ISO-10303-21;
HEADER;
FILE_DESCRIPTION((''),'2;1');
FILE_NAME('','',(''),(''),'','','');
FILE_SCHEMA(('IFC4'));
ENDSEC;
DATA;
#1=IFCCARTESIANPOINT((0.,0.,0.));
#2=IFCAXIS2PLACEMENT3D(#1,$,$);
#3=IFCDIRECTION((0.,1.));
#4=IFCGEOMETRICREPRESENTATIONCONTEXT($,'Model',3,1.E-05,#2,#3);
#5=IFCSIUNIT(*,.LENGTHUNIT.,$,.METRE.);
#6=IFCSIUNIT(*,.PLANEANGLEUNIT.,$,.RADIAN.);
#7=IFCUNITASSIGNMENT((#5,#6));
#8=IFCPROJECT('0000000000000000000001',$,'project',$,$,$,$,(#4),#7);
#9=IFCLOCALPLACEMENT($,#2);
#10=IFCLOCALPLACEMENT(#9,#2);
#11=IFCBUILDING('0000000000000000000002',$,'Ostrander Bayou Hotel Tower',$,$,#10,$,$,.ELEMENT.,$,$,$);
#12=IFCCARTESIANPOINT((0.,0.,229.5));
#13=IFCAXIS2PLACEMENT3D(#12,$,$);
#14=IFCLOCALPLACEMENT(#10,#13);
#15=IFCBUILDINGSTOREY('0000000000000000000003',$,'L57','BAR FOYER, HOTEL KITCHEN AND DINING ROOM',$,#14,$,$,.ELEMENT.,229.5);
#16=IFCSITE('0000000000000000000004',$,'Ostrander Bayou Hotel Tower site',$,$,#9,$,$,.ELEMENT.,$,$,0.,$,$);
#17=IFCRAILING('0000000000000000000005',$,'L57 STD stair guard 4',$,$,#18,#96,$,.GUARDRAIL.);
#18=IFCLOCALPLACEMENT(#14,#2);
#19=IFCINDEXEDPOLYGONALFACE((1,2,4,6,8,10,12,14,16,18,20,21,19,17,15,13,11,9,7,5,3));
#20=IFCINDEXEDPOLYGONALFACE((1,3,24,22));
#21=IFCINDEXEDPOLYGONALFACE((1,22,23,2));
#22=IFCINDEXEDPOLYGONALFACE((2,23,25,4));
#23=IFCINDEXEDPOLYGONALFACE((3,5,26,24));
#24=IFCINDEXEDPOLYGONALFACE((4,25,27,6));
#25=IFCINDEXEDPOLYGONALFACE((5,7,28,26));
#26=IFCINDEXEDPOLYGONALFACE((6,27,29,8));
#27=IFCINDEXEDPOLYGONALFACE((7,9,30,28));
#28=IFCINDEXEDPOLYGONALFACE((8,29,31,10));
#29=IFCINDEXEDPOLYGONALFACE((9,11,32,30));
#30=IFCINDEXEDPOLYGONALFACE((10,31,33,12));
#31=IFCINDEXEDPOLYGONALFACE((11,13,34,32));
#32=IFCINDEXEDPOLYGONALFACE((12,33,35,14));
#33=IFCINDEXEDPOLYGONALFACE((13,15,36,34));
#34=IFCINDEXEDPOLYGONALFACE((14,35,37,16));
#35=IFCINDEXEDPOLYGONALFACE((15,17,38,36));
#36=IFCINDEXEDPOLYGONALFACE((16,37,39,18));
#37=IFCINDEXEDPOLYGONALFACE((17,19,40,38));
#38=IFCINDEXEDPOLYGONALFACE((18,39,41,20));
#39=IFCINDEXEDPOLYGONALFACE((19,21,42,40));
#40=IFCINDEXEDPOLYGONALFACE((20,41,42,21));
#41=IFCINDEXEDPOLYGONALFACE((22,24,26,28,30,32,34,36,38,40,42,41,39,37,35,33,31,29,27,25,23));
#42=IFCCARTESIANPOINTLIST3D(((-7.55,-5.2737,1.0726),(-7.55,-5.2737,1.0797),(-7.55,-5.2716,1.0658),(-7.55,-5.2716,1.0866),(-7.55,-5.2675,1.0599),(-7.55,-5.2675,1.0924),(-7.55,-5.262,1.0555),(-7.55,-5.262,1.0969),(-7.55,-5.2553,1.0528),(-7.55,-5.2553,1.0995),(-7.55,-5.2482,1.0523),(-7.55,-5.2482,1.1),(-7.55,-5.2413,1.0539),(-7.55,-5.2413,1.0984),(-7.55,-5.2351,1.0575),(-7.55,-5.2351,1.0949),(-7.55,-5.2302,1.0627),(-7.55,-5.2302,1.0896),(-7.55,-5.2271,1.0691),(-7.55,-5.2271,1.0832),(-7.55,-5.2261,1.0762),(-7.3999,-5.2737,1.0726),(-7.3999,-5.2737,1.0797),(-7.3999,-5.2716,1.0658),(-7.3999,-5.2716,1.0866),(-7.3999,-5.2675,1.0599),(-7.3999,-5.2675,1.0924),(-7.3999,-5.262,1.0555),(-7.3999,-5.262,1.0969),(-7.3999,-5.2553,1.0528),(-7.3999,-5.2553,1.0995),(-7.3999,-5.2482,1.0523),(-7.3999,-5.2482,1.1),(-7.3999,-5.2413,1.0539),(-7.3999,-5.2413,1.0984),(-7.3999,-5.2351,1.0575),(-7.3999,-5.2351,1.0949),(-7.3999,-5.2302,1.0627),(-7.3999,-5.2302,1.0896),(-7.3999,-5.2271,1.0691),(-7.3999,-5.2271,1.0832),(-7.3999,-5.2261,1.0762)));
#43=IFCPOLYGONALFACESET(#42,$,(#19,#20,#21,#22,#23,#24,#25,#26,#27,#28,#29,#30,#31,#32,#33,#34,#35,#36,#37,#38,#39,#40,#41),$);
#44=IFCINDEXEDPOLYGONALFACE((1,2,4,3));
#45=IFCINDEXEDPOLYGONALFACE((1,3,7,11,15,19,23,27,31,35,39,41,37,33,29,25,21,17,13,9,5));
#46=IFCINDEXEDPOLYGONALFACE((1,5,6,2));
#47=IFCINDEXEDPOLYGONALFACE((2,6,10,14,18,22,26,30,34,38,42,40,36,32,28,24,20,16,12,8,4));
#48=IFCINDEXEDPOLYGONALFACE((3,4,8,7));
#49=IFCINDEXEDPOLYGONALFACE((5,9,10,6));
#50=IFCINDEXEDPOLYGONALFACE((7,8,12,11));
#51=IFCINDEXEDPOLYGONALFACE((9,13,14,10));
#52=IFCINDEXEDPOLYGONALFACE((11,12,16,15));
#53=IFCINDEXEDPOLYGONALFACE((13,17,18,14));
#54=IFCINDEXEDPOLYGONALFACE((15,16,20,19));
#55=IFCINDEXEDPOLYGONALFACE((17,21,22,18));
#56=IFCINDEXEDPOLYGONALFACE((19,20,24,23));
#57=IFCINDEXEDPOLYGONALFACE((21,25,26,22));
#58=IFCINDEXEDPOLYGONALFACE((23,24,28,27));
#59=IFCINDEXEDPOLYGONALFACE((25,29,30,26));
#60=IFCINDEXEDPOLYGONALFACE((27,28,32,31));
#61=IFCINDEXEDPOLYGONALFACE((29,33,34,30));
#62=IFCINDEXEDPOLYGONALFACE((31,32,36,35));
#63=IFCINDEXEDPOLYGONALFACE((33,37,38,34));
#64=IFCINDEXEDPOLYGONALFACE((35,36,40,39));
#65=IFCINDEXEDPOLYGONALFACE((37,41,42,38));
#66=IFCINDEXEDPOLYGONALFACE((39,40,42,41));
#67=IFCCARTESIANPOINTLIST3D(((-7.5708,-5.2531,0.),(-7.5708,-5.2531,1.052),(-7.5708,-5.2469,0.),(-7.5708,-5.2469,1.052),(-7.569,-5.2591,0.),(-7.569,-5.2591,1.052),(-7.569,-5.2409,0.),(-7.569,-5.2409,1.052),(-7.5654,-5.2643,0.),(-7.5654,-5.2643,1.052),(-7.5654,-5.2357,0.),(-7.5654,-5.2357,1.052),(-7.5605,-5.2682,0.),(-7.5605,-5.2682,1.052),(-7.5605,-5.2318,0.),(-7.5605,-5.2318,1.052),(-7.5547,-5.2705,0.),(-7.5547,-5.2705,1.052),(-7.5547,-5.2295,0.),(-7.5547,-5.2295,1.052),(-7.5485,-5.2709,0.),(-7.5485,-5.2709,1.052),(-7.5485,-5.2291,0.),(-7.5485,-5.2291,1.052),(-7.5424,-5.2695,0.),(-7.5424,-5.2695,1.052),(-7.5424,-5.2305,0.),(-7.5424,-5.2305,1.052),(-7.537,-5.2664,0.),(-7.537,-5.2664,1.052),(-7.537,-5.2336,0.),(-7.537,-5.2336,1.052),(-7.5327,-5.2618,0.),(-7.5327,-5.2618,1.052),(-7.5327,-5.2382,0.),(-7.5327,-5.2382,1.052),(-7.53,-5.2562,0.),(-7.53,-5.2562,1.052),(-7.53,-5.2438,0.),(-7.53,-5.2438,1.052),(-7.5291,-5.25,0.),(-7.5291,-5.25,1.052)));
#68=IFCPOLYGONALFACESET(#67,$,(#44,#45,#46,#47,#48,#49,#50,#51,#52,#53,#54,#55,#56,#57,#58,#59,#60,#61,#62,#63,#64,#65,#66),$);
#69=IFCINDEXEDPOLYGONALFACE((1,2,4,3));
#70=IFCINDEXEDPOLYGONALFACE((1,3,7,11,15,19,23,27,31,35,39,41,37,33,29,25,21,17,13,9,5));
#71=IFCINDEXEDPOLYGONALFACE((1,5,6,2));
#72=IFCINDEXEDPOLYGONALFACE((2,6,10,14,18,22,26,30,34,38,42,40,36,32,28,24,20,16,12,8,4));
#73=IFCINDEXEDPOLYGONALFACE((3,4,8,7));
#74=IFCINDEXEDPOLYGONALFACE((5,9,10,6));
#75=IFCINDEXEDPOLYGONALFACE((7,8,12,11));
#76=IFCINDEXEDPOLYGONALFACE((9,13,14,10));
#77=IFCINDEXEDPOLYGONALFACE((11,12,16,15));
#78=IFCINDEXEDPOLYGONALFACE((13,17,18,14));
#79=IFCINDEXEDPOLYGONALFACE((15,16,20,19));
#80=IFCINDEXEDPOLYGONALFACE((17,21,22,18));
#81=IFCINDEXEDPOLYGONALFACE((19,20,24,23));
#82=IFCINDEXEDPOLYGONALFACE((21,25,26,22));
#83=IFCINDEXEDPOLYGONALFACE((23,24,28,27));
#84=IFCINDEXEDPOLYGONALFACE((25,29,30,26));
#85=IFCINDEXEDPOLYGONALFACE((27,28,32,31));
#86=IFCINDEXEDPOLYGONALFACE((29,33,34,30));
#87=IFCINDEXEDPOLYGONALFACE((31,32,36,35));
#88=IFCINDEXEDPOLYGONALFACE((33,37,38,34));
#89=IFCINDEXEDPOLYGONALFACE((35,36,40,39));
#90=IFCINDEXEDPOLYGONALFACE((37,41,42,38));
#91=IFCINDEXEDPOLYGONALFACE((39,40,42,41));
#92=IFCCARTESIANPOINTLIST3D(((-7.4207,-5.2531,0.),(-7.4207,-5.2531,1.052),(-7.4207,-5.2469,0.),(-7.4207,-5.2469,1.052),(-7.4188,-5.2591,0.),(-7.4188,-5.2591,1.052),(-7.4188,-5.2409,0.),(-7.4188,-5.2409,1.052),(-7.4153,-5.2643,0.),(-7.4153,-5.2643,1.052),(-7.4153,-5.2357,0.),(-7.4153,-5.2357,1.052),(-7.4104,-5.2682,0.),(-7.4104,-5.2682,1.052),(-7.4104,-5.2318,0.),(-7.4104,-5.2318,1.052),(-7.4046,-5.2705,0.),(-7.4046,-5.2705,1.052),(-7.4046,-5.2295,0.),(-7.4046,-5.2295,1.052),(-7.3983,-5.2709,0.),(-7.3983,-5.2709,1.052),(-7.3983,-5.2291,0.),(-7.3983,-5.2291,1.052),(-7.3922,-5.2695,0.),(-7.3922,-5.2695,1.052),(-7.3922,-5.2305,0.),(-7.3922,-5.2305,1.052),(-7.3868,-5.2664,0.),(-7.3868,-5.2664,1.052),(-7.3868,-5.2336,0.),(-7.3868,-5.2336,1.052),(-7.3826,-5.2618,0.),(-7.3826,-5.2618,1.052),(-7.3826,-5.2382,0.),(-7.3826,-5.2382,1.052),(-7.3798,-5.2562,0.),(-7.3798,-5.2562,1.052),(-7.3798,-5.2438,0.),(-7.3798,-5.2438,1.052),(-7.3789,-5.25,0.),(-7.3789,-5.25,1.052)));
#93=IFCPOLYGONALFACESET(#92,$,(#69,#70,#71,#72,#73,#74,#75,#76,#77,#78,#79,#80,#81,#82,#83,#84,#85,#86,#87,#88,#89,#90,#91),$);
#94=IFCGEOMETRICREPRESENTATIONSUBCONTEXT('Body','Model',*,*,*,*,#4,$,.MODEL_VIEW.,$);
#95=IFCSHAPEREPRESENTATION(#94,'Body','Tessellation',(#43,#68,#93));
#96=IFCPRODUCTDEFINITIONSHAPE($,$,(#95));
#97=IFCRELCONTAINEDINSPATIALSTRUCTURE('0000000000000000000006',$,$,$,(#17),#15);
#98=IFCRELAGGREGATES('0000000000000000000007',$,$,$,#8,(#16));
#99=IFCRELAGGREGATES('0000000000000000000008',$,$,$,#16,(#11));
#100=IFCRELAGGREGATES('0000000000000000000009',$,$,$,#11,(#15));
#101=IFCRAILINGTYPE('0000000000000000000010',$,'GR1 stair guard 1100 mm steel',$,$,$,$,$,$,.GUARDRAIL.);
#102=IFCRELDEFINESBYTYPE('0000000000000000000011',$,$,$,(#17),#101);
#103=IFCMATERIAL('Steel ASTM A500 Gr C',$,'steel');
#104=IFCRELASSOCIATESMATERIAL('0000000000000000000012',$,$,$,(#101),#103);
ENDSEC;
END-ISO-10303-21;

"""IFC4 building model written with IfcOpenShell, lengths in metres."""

from ifc_helpers import new_model, si_unit, direction, frame, origin, origin_2d, place, context, subcontext, project, spatial, circle, extrude, material, type_object, element, save


model = new_model("IFC4")

# Units and contexts
model_context = context("Model", 3, precision=1e-05, world=origin(), true_north=direction((0.0, 1.0)))
body_context = subcontext(model_context, "Body", "Model", "MODEL_VIEW")
ifc_project = project(units=[si_unit("LENGTHUNIT", "METRE"), si_unit("PLANEANGLEUNIT", "RADIAN")], contexts=[model_context])

# Site, building, storey
site_placement = place(None, origin())
site = spatial("IfcSite", under=ifc_project, at=site_placement, Name="Ostrander Bayou Hotel Tower site", CompositionType="ELEMENT", RefElevation=0.0)
building_placement = place(site_placement, origin())
building = spatial("IfcBuilding", under=site, at=building_placement, Name="Ostrander Bayou Hotel Tower", CompositionType="ELEMENT")
storey_placement = place(building_placement, frame((0.0, 0.0, 229.5)))
storey = spatial("IfcBuildingStorey", under=building, at=storey_placement, Name="L57", Description="BAR FOYER, HOTEL KITCHEN AND DINING ROOM", CompositionType="ELEMENT", Elevation=229.5)

# Railing
ifc_material_1 = material(Name="Steel ASTM A500 Gr C", Category="steel")
railing_type_1 = type_object("IfcRailingType", Name="GR1 stair guard 1100 mm steel", PredefinedType="GUARDRAIL", material=ifc_material_1)
railing_1_placement = place(storey_placement, frame((-7.55, -5.25, 0.0)))
element("IfcRailing", 1, at=railing_1_placement, inside=storey, type_object=railing_type_1, Name="L57 STD stair guard 4", PredefinedType="GUARDRAIL", context=body_context, shape_type="SweptSolid", body=[
    extrude(circle(Radius=0.0239, at=origin_2d()), frame((0.0, 0.0, 1.0762), z_axis=(1.0, 0.0, 0.0), x_axis=(0.0, 1.0, 0.0)), (0.0, 0.0, 1.0), 0.1501),
    extrude(circle(Radius=0.021, at=origin_2d()), origin(), (0.0, 0.0, 1.0), 1.052),
    extrude(circle(Radius=0.021, at=origin_2d()), frame((0.1501, 0.0, 0.0)), (0.0, 0.0, 1.0), 1.052),
])

save(model, "model.ifc")
